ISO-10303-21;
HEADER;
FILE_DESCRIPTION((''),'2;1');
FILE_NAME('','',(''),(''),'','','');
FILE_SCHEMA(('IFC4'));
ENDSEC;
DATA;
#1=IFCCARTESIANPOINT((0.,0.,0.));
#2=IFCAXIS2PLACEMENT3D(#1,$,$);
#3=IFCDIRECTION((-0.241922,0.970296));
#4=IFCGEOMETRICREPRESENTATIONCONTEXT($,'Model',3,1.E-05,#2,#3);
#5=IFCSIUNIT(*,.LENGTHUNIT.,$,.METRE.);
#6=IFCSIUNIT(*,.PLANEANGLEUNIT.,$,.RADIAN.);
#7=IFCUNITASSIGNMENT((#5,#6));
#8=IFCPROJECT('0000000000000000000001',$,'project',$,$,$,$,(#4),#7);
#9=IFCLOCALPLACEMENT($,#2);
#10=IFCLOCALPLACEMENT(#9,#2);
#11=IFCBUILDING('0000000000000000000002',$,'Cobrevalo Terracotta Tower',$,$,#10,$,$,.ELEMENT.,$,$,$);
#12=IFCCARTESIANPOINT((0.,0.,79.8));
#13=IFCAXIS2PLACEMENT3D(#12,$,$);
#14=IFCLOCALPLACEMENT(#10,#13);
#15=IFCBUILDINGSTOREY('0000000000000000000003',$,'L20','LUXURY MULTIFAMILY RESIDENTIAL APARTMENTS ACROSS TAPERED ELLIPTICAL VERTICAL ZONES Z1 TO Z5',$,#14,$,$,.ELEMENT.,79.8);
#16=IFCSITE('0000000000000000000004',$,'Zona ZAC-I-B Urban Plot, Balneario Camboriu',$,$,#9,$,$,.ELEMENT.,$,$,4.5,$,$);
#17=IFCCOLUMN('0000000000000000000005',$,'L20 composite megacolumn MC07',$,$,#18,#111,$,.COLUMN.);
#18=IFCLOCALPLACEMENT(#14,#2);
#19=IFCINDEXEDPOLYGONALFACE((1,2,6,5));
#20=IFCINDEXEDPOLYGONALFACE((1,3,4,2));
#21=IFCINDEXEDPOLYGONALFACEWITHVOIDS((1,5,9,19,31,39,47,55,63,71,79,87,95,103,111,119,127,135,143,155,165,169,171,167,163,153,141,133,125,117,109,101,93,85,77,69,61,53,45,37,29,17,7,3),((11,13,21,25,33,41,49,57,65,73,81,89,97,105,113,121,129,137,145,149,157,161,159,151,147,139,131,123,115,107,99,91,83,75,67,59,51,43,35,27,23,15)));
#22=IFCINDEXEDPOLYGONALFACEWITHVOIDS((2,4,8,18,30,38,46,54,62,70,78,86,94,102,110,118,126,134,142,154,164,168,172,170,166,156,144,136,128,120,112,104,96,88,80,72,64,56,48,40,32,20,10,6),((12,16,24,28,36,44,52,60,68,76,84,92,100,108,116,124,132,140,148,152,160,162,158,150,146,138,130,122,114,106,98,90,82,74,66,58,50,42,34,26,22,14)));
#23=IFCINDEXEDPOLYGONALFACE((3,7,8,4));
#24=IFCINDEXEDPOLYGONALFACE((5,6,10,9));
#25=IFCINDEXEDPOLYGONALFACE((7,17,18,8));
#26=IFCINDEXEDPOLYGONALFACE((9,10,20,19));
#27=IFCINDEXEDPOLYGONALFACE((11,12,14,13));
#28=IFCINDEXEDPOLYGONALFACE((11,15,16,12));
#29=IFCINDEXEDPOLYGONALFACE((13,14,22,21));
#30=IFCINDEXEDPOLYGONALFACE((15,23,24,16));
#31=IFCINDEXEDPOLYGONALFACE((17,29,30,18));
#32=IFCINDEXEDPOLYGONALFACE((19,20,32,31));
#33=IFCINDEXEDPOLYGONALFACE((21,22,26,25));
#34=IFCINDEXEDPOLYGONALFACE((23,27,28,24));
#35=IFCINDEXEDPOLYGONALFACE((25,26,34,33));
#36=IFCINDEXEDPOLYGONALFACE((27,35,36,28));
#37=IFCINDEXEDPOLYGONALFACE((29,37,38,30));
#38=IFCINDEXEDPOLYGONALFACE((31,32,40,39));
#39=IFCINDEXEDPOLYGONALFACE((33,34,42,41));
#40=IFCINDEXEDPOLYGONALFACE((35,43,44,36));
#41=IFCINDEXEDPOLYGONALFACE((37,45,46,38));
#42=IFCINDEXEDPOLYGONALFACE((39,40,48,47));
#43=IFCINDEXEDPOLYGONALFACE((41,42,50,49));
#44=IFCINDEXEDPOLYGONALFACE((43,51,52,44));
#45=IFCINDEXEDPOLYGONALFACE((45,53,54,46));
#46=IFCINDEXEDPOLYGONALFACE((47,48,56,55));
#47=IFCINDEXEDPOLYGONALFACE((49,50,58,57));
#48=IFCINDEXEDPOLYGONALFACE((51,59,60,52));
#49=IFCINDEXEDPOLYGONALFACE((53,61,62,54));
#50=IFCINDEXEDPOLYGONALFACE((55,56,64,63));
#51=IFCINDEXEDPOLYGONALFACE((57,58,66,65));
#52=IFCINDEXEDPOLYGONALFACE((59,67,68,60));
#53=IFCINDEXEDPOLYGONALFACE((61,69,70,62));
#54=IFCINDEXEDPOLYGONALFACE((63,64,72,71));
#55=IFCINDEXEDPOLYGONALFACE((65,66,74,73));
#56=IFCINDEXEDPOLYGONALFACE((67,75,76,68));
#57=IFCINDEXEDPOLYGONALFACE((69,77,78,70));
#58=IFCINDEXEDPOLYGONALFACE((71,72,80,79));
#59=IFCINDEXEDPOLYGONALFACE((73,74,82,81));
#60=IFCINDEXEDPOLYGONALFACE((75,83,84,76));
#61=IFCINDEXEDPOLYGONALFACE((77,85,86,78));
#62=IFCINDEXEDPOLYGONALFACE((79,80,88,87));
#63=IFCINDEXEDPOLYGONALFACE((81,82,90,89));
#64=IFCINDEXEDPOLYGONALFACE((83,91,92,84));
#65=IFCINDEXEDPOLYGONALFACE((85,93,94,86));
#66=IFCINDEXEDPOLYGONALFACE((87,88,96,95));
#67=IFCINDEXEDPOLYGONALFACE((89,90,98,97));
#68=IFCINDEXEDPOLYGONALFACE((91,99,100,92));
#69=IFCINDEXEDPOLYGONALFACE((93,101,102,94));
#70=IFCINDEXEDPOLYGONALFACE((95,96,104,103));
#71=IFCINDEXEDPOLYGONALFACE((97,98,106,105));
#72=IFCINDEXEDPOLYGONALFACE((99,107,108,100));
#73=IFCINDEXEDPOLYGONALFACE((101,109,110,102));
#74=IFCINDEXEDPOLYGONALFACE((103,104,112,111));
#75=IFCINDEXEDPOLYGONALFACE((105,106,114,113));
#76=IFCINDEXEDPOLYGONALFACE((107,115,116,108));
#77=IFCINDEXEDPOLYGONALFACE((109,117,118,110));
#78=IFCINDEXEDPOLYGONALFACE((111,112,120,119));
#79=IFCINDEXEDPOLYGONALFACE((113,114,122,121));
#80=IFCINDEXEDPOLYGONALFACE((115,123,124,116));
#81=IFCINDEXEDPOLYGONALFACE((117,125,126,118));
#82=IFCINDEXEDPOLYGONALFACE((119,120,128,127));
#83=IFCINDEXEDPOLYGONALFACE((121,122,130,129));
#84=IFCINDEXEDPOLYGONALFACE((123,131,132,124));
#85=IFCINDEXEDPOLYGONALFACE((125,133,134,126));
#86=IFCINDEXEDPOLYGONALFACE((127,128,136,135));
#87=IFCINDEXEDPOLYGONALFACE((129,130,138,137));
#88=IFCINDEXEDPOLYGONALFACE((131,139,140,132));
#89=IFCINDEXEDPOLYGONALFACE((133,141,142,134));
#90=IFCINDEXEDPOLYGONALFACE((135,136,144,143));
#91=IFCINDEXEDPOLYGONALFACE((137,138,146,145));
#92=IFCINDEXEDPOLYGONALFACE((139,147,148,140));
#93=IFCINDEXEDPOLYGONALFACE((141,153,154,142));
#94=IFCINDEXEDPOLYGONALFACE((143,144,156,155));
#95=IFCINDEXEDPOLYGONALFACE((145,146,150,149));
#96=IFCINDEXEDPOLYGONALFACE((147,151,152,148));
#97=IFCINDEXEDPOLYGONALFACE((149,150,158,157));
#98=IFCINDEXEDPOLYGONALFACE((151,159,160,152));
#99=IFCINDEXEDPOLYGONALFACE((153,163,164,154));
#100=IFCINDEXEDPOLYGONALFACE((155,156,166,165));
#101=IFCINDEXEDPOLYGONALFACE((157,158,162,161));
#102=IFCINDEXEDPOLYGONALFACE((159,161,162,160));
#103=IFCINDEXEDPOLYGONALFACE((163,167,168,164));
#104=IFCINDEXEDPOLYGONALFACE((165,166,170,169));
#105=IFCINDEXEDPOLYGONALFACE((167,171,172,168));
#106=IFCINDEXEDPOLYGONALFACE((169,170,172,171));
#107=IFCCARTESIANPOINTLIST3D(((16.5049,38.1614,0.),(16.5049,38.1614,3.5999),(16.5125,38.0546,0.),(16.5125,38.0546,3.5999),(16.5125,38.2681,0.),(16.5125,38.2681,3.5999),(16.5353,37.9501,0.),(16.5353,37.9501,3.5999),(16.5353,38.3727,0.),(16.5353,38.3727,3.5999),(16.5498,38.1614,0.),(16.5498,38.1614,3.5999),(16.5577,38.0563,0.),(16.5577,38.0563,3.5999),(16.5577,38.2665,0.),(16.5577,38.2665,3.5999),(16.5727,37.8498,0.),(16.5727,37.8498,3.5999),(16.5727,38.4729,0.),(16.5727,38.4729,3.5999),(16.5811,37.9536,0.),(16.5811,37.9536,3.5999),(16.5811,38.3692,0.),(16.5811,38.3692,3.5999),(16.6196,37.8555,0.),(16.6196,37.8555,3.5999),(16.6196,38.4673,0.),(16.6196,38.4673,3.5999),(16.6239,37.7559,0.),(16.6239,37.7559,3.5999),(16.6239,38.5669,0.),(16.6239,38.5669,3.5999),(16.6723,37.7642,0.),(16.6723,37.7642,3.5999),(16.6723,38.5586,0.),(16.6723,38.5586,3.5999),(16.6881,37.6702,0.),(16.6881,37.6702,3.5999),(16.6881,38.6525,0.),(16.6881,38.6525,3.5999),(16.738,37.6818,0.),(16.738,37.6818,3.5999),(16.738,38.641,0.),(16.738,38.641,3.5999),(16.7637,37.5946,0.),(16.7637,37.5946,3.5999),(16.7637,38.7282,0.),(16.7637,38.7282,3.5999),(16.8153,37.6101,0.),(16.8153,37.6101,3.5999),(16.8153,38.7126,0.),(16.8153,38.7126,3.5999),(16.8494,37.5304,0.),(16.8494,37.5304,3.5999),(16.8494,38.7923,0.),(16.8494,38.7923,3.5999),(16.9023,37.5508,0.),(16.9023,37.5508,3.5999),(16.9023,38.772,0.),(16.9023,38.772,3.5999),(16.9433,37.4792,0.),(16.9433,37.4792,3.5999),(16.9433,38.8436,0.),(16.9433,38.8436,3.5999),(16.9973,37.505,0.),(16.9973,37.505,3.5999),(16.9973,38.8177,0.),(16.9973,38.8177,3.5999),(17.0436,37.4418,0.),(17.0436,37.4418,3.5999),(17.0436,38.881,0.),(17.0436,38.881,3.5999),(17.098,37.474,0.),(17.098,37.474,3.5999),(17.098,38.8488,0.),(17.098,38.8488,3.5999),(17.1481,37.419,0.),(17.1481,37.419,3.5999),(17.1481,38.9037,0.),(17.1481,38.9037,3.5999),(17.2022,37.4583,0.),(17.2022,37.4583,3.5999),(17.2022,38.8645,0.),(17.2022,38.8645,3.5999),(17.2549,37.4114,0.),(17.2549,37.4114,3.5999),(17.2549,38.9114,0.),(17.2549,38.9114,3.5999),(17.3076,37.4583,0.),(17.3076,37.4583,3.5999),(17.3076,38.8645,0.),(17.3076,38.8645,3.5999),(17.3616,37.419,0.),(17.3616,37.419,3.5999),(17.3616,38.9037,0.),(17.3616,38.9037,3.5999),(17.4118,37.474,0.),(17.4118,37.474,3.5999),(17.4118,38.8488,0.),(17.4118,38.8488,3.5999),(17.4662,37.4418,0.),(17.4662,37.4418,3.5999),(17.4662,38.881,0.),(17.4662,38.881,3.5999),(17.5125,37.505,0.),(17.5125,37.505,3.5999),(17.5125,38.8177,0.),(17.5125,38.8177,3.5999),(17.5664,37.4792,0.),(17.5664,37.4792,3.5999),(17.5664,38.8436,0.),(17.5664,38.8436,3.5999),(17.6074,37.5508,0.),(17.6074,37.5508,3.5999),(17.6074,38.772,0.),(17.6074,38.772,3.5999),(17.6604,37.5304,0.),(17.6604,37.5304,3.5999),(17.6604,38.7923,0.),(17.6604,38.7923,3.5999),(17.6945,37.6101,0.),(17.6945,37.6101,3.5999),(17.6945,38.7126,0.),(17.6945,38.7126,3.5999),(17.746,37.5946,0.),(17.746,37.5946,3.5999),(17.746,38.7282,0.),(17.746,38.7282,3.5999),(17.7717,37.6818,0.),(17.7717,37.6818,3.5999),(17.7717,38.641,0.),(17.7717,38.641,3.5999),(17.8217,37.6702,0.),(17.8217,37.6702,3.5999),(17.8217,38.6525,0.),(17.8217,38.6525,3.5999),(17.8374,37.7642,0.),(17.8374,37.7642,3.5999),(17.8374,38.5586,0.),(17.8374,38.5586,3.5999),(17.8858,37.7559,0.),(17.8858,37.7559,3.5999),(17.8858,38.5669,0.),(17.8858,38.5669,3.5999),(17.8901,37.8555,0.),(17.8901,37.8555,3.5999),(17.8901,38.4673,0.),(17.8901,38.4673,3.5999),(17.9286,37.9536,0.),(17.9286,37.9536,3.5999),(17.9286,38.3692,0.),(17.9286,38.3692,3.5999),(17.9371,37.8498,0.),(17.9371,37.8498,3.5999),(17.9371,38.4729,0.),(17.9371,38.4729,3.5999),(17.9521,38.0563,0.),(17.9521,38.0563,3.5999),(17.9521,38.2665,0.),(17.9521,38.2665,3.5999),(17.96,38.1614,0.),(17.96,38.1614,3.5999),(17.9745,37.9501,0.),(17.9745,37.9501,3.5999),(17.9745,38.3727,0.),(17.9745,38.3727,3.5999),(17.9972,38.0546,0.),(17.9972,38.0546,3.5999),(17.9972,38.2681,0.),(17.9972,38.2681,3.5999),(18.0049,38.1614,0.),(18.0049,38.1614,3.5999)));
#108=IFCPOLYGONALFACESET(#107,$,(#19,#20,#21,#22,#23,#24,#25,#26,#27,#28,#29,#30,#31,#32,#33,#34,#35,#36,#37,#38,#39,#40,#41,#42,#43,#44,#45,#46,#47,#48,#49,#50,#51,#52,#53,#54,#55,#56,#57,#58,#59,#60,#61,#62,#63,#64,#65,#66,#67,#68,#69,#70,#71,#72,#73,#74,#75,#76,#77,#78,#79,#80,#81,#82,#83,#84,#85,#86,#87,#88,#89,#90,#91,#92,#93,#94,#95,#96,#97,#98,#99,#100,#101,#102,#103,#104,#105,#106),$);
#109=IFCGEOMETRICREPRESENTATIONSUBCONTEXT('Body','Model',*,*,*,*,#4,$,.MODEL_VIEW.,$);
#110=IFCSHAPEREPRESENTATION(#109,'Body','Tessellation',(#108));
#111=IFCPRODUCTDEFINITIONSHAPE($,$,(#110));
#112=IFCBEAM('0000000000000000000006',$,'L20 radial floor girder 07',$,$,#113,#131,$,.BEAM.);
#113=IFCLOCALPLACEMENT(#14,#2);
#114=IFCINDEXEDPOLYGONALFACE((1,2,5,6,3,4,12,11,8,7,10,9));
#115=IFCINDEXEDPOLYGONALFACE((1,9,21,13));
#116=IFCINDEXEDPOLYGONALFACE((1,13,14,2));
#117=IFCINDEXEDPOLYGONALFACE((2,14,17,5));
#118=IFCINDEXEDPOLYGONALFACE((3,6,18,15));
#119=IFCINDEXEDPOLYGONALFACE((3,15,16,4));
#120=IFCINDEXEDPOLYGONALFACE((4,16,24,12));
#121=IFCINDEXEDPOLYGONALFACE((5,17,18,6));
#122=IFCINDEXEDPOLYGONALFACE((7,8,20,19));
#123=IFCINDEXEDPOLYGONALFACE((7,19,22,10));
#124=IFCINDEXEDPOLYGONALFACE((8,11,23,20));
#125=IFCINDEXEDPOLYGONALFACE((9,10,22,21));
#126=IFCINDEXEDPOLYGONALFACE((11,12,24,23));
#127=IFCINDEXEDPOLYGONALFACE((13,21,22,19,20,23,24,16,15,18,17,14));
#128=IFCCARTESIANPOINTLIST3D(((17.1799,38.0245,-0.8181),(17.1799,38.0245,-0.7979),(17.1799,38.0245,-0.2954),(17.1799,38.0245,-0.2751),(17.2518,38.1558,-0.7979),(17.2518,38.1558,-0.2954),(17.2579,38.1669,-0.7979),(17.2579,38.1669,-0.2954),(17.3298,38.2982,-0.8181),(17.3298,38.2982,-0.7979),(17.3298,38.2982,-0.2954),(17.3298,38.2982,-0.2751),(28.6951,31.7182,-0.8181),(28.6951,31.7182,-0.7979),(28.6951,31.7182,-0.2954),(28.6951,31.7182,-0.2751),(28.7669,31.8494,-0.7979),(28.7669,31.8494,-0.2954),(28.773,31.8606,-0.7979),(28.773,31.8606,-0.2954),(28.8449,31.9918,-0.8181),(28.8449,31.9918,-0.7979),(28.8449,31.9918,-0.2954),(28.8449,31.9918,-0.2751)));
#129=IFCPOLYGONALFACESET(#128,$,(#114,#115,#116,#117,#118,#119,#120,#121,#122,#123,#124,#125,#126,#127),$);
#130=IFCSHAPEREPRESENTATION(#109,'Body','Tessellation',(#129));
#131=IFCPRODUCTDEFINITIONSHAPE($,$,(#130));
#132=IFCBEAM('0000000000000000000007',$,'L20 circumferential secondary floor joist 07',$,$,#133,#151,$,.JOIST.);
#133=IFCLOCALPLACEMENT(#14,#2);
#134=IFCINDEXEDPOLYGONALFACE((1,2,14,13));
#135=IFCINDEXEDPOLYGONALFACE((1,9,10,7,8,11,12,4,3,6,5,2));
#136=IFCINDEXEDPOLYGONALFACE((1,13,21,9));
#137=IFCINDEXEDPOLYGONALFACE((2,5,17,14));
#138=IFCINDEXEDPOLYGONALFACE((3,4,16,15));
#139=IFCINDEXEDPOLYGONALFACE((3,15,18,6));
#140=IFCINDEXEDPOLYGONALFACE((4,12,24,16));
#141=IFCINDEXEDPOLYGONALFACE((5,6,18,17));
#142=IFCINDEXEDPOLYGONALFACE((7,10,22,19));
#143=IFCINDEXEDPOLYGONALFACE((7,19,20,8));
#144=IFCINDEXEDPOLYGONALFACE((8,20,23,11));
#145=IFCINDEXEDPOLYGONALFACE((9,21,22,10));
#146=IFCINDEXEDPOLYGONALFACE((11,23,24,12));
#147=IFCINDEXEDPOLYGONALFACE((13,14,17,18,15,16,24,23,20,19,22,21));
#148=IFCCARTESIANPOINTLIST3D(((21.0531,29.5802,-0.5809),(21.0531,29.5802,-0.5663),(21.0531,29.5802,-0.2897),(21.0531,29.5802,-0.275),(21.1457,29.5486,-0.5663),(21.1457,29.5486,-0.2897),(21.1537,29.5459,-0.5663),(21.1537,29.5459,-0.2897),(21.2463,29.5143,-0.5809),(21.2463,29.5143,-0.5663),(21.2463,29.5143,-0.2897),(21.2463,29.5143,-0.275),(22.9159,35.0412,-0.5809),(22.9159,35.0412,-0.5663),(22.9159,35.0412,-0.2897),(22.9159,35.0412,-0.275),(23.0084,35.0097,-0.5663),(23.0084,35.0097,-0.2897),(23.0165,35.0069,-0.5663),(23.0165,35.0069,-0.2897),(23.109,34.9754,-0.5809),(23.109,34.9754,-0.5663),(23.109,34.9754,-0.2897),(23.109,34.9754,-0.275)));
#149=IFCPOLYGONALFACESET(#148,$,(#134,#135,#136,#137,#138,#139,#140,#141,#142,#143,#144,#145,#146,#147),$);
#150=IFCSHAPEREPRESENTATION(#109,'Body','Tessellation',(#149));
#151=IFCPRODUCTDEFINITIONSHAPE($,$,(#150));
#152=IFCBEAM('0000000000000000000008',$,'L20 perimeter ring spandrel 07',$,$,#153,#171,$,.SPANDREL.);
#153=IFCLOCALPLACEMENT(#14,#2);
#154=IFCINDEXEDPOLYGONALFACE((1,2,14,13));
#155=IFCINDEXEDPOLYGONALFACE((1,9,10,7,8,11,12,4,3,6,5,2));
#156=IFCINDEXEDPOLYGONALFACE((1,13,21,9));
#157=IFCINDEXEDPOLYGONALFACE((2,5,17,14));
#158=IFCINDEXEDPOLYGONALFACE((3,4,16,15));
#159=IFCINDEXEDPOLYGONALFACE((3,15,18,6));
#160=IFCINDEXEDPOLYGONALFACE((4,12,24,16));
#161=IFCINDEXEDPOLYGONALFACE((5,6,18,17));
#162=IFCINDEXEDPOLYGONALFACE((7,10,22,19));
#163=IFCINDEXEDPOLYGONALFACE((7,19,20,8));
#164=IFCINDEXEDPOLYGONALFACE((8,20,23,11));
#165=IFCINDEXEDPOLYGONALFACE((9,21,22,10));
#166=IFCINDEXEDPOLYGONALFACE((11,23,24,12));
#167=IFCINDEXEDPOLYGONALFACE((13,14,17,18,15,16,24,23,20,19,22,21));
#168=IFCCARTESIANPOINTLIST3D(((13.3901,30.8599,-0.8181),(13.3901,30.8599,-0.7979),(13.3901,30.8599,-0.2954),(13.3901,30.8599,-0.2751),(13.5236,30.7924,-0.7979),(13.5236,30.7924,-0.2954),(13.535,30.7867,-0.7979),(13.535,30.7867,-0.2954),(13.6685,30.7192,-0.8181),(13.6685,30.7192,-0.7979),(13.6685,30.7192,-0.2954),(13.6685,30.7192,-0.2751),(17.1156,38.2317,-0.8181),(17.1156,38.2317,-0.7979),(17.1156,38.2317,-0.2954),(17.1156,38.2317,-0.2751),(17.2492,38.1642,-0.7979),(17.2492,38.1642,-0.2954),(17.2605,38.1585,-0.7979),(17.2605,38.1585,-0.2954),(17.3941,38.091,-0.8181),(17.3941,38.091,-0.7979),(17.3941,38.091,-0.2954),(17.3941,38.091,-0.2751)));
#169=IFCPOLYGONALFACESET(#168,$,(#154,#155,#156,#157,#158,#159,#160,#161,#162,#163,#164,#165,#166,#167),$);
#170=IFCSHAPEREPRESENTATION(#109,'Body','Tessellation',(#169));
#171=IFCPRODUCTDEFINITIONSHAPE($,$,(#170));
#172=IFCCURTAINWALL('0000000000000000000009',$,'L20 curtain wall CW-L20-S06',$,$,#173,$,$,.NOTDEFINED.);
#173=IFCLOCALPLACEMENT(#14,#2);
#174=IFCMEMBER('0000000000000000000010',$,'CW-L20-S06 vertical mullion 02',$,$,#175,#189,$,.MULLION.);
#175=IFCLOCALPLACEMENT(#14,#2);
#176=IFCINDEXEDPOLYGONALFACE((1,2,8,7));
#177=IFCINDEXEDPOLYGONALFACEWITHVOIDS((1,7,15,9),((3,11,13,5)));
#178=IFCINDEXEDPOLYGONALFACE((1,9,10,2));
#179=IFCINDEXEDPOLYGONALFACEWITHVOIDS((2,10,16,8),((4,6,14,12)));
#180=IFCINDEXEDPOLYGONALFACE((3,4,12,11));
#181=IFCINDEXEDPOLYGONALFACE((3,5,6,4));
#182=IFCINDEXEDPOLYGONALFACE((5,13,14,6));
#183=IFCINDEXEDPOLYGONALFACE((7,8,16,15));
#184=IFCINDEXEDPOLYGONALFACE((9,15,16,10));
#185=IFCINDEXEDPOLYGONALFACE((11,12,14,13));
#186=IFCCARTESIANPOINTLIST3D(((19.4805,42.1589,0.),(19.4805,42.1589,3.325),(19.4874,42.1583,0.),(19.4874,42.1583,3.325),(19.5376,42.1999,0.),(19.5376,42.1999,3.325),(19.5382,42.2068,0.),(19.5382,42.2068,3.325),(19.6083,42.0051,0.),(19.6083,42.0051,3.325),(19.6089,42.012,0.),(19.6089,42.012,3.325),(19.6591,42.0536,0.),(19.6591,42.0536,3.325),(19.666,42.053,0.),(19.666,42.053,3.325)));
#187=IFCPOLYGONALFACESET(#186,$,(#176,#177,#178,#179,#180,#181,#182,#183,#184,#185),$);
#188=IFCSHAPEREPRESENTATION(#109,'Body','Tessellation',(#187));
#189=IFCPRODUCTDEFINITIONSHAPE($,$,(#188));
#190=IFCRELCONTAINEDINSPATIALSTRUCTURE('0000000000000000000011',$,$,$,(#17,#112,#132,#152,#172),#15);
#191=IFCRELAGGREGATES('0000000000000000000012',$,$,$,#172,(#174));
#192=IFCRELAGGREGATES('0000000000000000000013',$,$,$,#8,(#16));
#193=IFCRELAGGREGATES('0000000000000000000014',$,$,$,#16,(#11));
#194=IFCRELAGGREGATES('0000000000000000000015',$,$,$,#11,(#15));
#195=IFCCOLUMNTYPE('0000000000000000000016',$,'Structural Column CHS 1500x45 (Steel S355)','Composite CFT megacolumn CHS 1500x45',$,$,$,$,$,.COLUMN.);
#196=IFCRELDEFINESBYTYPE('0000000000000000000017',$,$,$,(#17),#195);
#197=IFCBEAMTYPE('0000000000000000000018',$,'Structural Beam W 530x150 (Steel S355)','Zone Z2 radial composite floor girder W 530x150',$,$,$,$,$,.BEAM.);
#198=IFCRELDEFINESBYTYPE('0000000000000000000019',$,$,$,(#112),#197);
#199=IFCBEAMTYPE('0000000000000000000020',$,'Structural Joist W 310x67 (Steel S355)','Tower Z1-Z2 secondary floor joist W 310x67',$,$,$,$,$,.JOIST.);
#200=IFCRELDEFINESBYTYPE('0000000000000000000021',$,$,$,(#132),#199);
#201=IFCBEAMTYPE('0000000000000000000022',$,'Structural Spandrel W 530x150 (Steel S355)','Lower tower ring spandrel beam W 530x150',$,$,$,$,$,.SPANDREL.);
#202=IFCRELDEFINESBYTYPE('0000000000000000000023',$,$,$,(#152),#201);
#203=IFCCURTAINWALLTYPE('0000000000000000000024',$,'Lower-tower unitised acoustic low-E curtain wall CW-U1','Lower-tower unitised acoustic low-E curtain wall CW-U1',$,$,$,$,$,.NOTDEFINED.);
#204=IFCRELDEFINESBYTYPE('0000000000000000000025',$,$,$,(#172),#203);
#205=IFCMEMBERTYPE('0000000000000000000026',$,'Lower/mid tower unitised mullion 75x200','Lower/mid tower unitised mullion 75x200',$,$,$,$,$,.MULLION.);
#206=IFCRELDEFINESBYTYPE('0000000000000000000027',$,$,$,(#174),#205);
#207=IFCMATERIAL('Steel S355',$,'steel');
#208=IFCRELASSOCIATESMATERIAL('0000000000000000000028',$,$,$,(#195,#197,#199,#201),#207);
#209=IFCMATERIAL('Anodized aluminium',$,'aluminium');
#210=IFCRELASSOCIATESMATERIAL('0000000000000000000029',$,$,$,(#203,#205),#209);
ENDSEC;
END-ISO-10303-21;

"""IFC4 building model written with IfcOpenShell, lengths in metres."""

from ifc_helpers import new_model, si_unit, direction, frame, origin, origin_2d, place, context, subcontext, project, spatial, hollow_rectangle, hollow_circle, i_section, extrude, source, transform, mapped, material, material_profile, profile_set, type_object, element, aggregate, save


model = new_model("IFC4")

# Units and contexts
model_context = context("Model", 3, precision=1e-05, world=origin(), true_north=direction((-0.241922, 0.970296)))
body_context = subcontext(model_context, "Body", "Model", "MODEL_VIEW")
ifc_project = project(units=[si_unit("LENGTHUNIT", "METRE"), si_unit("PLANEANGLEUNIT", "RADIAN")], contexts=[model_context])

# Site, building, storey
site_placement = place(None, origin())
site = spatial("IfcSite", under=ifc_project, at=site_placement, Name="Zona ZAC-I-B Urban Plot, Balneario Camboriu", CompositionType="ELEMENT", RefElevation=4.5)
building_placement = place(site_placement, origin())
building = spatial("IfcBuilding", under=site, at=building_placement, Name="Cobrevalo Terracotta Tower", CompositionType="ELEMENT")
storey_placement = place(building_placement, frame((0.0, 0.0, 79.8)))
storey = spatial("IfcBuildingStorey", under=building, at=storey_placement, Name="L20", Description="LUXURY MULTIFAMILY RESIDENTIAL APARTMENTS ACROSS TAPERED ELLIPTICAL VERTICAL ZONES Z1 TO Z5", CompositionType="ELEMENT", Elevation=79.8)

# Column
ifc_material_1 = material(Name="Steel S355", Category="steel")
ifc_material_profile_1 = material_profile(ifc_material_1, hollow_circle(Radius=0.75, WallThickness=0.0449, at=origin_2d()), Name="CHS 1500x45")
ifc_profile_set_1 = profile_set([ifc_material_profile_1], Name="Steel S355")
column_type = type_object("IfcColumnType", Name="Structural Column CHS 1500x45 (Steel S355)", Description="Composite CFT megacolumn CHS 1500x45", PredefinedType="COLUMN", material=ifc_profile_set_1)
column_placement = place(storey_placement, frame((17.2549, 38.1614, 0.0), z_axis=(0.0, 0.0, 1.0), x_axis=(1.0, 0.0, 0.0)))
element("IfcColumn", 1, at=column_placement, inside=storey, type_object=column_type, Name="L20 composite megacolumn MC07", PredefinedType="COLUMN", context=body_context, shape_type="SweptSolid", body=[
    extrude(hollow_circle(Radius=0.75, WallThickness=0.0449, at=origin_2d()), origin(), (0.0, 0.0, 1.0), 3.5999),
])

# Beams
ifc_material_profile_2 = material_profile(ifc_material_1, i_section(OverallWidth=0.312, OverallDepth=0.543, WebThickness=0.0127, FlangeThickness=0.0203, at=origin_2d()), Name="W 530x150")
ifc_profile_set_2 = profile_set([ifc_material_profile_2], Name="Steel S355")
beam_type_1 = type_object("IfcBeamType", Name="Structural Beam W 530x150 (Steel S355)", Description="Zone Z2 radial composite floor girder W 530x150", PredefinedType="BEAM", material=ifc_profile_set_2)
beam_1_placement = place(storey_placement, frame((17.2549, 38.1614, -0.5466), z_axis=(0.877081, -0.480343, 0.0), x_axis=(0.480343, 0.877081, 0.0)))
element("IfcBeam", 2, at=beam_1_placement, inside=storey, type_object=beam_type_1, Name="L20 radial floor girder 07", PredefinedType="BEAM", context=body_context, shape_type="SweptSolid", body=[
    extrude(i_section(OverallWidth=0.312, OverallDepth=0.543, WebThickness=0.0127, FlangeThickness=0.0203, at=origin_2d()), origin(), (0.0, 0.0, 1.0), 13.1289),
])
ifc_material_profile_3 = material_profile(ifc_material_1, i_section(OverallWidth=0.2041, OverallDepth=0.3059, WebThickness=0.0085, FlangeThickness=0.0146, at=origin_2d()), Name="W 310x67")
ifc_profile_set_3 = profile_set([ifc_material_profile_3], Name="Steel S355")
beam_type_2 = type_object("IfcBeamType", Name="Structural Joist W 310x67 (Steel S355)", Description="Tower Z1-Z2 secondary floor joist W 310x67", PredefinedType="JOIST", material=ifc_profile_set_3)
beam_2_placement = place(storey_placement, frame((23.0125, 35.0083, -0.428), z_axis=(-0.322833, -0.946456, 0.0), x_axis=(0.946456, -0.322833, 0.0)))
element("IfcBeam", 3, at=beam_2_placement, inside=storey, type_object=beam_type_2, Name="L20 circumferential secondary floor joist 07", PredefinedType="JOIST", context=body_context, shape_type="SweptSolid", body=[
    extrude(i_section(OverallWidth=0.2041, OverallDepth=0.3059, WebThickness=0.0085, FlangeThickness=0.0146, at=origin_2d()), origin(), (0.0, 0.0, 1.0), 5.77),
])
ifc_material_profile_4 = material_profile(ifc_material_1, i_section(OverallWidth=0.312, OverallDepth=0.543, WebThickness=0.0127, FlangeThickness=0.0203, at=origin_2d()), Name="W 530x150")
ifc_profile_set_4 = profile_set([ifc_material_profile_4], Name="Steel S355")
beam_type_3 = type_object("IfcBeamType", Name="Structural Spandrel W 530x150 (Steel S355)", Description="Lower tower ring spandrel beam W 530x150", PredefinedType="SPANDREL", material=ifc_profile_set_4)
beam_3_placement = place(storey_placement, frame((17.2549, 38.1614, -0.5466), z_axis=(-0.451052, -0.892498, 0.0), x_axis=(0.892498, -0.451052, 0.0)))
element("IfcBeam", 4, at=beam_3_placement, inside=storey, type_object=beam_type_3, Name="L20 perimeter ring spandrel 07", PredefinedType="SPANDREL", context=body_context, shape_type="SweptSolid", body=[
    extrude(i_section(OverallWidth=0.312, OverallDepth=0.543, WebThickness=0.0127, FlangeThickness=0.0203, at=origin_2d()), origin(), (0.0, 0.0, 1.0), 8.2598),
])

# Curtain wall, member
ifc_material_2 = material(Name="Anodized aluminium", Category="aluminium")
curtain_wall_type = type_object("IfcCurtainWallType", Name="Lower-tower unitised acoustic low-E curtain wall CW-U1", Description="Lower-tower unitised acoustic low-E curtain wall CW-U1", PredefinedType="NOTDEFINED", material=ifc_material_2)
curtain_wall_1_placement = place(storey_placement, origin())
curtain_wall_1 = element("IfcCurtainWall", 5, at=curtain_wall_1_placement, inside=storey, type_object=curtain_wall_type, Name="L20 curtain wall CW-L20-S06", PredefinedType="NOTDEFINED")
ifc_material_profile_5 = material_profile(ifc_material_2, hollow_rectangle(XDim=0.075, YDim=0.2, WallThickness=0.0049, at=origin_2d()), Name="CWM 75x200")
ifc_profile_set_5 = profile_set([ifc_material_profile_5], Name="Anodized aluminium")
member_type_1 = type_object("IfcMemberType", Name="Lower/mid tower unitised mullion 75x200", Description="Lower/mid tower unitised mullion 75x200", PredefinedType="MULLION", material=ifc_profile_set_5)
shared_shape_1 = source(origin(), body_context, "Body", "SweptSolid", [
    extrude(hollow_rectangle(XDim=0.075, YDim=0.2, WallThickness=0.0049, at=origin_2d()), origin(), (0.0, 0.0, 1.0), 3.325),
])
member_1_placement = place(storey_placement, frame((19.5732, 42.106, 0.0), z_axis=(0.0, 0.0, 1.0), x_axis=(-0.769243, -0.638956, 0.0)))
member_1 = element("IfcMember", 6, at=member_1_placement, type_object=member_type_1, Name="CW-L20-S06 vertical mullion 02", PredefinedType="MULLION", context=body_context, shape_type="MappedRepresentation", body=[
    mapped(shared_shape_1, transform((0.0, 0.0, 0.0), scale=1.0)),
])

aggregate(curtain_wall_1, [member_1])

save(model, "model.ifc")
